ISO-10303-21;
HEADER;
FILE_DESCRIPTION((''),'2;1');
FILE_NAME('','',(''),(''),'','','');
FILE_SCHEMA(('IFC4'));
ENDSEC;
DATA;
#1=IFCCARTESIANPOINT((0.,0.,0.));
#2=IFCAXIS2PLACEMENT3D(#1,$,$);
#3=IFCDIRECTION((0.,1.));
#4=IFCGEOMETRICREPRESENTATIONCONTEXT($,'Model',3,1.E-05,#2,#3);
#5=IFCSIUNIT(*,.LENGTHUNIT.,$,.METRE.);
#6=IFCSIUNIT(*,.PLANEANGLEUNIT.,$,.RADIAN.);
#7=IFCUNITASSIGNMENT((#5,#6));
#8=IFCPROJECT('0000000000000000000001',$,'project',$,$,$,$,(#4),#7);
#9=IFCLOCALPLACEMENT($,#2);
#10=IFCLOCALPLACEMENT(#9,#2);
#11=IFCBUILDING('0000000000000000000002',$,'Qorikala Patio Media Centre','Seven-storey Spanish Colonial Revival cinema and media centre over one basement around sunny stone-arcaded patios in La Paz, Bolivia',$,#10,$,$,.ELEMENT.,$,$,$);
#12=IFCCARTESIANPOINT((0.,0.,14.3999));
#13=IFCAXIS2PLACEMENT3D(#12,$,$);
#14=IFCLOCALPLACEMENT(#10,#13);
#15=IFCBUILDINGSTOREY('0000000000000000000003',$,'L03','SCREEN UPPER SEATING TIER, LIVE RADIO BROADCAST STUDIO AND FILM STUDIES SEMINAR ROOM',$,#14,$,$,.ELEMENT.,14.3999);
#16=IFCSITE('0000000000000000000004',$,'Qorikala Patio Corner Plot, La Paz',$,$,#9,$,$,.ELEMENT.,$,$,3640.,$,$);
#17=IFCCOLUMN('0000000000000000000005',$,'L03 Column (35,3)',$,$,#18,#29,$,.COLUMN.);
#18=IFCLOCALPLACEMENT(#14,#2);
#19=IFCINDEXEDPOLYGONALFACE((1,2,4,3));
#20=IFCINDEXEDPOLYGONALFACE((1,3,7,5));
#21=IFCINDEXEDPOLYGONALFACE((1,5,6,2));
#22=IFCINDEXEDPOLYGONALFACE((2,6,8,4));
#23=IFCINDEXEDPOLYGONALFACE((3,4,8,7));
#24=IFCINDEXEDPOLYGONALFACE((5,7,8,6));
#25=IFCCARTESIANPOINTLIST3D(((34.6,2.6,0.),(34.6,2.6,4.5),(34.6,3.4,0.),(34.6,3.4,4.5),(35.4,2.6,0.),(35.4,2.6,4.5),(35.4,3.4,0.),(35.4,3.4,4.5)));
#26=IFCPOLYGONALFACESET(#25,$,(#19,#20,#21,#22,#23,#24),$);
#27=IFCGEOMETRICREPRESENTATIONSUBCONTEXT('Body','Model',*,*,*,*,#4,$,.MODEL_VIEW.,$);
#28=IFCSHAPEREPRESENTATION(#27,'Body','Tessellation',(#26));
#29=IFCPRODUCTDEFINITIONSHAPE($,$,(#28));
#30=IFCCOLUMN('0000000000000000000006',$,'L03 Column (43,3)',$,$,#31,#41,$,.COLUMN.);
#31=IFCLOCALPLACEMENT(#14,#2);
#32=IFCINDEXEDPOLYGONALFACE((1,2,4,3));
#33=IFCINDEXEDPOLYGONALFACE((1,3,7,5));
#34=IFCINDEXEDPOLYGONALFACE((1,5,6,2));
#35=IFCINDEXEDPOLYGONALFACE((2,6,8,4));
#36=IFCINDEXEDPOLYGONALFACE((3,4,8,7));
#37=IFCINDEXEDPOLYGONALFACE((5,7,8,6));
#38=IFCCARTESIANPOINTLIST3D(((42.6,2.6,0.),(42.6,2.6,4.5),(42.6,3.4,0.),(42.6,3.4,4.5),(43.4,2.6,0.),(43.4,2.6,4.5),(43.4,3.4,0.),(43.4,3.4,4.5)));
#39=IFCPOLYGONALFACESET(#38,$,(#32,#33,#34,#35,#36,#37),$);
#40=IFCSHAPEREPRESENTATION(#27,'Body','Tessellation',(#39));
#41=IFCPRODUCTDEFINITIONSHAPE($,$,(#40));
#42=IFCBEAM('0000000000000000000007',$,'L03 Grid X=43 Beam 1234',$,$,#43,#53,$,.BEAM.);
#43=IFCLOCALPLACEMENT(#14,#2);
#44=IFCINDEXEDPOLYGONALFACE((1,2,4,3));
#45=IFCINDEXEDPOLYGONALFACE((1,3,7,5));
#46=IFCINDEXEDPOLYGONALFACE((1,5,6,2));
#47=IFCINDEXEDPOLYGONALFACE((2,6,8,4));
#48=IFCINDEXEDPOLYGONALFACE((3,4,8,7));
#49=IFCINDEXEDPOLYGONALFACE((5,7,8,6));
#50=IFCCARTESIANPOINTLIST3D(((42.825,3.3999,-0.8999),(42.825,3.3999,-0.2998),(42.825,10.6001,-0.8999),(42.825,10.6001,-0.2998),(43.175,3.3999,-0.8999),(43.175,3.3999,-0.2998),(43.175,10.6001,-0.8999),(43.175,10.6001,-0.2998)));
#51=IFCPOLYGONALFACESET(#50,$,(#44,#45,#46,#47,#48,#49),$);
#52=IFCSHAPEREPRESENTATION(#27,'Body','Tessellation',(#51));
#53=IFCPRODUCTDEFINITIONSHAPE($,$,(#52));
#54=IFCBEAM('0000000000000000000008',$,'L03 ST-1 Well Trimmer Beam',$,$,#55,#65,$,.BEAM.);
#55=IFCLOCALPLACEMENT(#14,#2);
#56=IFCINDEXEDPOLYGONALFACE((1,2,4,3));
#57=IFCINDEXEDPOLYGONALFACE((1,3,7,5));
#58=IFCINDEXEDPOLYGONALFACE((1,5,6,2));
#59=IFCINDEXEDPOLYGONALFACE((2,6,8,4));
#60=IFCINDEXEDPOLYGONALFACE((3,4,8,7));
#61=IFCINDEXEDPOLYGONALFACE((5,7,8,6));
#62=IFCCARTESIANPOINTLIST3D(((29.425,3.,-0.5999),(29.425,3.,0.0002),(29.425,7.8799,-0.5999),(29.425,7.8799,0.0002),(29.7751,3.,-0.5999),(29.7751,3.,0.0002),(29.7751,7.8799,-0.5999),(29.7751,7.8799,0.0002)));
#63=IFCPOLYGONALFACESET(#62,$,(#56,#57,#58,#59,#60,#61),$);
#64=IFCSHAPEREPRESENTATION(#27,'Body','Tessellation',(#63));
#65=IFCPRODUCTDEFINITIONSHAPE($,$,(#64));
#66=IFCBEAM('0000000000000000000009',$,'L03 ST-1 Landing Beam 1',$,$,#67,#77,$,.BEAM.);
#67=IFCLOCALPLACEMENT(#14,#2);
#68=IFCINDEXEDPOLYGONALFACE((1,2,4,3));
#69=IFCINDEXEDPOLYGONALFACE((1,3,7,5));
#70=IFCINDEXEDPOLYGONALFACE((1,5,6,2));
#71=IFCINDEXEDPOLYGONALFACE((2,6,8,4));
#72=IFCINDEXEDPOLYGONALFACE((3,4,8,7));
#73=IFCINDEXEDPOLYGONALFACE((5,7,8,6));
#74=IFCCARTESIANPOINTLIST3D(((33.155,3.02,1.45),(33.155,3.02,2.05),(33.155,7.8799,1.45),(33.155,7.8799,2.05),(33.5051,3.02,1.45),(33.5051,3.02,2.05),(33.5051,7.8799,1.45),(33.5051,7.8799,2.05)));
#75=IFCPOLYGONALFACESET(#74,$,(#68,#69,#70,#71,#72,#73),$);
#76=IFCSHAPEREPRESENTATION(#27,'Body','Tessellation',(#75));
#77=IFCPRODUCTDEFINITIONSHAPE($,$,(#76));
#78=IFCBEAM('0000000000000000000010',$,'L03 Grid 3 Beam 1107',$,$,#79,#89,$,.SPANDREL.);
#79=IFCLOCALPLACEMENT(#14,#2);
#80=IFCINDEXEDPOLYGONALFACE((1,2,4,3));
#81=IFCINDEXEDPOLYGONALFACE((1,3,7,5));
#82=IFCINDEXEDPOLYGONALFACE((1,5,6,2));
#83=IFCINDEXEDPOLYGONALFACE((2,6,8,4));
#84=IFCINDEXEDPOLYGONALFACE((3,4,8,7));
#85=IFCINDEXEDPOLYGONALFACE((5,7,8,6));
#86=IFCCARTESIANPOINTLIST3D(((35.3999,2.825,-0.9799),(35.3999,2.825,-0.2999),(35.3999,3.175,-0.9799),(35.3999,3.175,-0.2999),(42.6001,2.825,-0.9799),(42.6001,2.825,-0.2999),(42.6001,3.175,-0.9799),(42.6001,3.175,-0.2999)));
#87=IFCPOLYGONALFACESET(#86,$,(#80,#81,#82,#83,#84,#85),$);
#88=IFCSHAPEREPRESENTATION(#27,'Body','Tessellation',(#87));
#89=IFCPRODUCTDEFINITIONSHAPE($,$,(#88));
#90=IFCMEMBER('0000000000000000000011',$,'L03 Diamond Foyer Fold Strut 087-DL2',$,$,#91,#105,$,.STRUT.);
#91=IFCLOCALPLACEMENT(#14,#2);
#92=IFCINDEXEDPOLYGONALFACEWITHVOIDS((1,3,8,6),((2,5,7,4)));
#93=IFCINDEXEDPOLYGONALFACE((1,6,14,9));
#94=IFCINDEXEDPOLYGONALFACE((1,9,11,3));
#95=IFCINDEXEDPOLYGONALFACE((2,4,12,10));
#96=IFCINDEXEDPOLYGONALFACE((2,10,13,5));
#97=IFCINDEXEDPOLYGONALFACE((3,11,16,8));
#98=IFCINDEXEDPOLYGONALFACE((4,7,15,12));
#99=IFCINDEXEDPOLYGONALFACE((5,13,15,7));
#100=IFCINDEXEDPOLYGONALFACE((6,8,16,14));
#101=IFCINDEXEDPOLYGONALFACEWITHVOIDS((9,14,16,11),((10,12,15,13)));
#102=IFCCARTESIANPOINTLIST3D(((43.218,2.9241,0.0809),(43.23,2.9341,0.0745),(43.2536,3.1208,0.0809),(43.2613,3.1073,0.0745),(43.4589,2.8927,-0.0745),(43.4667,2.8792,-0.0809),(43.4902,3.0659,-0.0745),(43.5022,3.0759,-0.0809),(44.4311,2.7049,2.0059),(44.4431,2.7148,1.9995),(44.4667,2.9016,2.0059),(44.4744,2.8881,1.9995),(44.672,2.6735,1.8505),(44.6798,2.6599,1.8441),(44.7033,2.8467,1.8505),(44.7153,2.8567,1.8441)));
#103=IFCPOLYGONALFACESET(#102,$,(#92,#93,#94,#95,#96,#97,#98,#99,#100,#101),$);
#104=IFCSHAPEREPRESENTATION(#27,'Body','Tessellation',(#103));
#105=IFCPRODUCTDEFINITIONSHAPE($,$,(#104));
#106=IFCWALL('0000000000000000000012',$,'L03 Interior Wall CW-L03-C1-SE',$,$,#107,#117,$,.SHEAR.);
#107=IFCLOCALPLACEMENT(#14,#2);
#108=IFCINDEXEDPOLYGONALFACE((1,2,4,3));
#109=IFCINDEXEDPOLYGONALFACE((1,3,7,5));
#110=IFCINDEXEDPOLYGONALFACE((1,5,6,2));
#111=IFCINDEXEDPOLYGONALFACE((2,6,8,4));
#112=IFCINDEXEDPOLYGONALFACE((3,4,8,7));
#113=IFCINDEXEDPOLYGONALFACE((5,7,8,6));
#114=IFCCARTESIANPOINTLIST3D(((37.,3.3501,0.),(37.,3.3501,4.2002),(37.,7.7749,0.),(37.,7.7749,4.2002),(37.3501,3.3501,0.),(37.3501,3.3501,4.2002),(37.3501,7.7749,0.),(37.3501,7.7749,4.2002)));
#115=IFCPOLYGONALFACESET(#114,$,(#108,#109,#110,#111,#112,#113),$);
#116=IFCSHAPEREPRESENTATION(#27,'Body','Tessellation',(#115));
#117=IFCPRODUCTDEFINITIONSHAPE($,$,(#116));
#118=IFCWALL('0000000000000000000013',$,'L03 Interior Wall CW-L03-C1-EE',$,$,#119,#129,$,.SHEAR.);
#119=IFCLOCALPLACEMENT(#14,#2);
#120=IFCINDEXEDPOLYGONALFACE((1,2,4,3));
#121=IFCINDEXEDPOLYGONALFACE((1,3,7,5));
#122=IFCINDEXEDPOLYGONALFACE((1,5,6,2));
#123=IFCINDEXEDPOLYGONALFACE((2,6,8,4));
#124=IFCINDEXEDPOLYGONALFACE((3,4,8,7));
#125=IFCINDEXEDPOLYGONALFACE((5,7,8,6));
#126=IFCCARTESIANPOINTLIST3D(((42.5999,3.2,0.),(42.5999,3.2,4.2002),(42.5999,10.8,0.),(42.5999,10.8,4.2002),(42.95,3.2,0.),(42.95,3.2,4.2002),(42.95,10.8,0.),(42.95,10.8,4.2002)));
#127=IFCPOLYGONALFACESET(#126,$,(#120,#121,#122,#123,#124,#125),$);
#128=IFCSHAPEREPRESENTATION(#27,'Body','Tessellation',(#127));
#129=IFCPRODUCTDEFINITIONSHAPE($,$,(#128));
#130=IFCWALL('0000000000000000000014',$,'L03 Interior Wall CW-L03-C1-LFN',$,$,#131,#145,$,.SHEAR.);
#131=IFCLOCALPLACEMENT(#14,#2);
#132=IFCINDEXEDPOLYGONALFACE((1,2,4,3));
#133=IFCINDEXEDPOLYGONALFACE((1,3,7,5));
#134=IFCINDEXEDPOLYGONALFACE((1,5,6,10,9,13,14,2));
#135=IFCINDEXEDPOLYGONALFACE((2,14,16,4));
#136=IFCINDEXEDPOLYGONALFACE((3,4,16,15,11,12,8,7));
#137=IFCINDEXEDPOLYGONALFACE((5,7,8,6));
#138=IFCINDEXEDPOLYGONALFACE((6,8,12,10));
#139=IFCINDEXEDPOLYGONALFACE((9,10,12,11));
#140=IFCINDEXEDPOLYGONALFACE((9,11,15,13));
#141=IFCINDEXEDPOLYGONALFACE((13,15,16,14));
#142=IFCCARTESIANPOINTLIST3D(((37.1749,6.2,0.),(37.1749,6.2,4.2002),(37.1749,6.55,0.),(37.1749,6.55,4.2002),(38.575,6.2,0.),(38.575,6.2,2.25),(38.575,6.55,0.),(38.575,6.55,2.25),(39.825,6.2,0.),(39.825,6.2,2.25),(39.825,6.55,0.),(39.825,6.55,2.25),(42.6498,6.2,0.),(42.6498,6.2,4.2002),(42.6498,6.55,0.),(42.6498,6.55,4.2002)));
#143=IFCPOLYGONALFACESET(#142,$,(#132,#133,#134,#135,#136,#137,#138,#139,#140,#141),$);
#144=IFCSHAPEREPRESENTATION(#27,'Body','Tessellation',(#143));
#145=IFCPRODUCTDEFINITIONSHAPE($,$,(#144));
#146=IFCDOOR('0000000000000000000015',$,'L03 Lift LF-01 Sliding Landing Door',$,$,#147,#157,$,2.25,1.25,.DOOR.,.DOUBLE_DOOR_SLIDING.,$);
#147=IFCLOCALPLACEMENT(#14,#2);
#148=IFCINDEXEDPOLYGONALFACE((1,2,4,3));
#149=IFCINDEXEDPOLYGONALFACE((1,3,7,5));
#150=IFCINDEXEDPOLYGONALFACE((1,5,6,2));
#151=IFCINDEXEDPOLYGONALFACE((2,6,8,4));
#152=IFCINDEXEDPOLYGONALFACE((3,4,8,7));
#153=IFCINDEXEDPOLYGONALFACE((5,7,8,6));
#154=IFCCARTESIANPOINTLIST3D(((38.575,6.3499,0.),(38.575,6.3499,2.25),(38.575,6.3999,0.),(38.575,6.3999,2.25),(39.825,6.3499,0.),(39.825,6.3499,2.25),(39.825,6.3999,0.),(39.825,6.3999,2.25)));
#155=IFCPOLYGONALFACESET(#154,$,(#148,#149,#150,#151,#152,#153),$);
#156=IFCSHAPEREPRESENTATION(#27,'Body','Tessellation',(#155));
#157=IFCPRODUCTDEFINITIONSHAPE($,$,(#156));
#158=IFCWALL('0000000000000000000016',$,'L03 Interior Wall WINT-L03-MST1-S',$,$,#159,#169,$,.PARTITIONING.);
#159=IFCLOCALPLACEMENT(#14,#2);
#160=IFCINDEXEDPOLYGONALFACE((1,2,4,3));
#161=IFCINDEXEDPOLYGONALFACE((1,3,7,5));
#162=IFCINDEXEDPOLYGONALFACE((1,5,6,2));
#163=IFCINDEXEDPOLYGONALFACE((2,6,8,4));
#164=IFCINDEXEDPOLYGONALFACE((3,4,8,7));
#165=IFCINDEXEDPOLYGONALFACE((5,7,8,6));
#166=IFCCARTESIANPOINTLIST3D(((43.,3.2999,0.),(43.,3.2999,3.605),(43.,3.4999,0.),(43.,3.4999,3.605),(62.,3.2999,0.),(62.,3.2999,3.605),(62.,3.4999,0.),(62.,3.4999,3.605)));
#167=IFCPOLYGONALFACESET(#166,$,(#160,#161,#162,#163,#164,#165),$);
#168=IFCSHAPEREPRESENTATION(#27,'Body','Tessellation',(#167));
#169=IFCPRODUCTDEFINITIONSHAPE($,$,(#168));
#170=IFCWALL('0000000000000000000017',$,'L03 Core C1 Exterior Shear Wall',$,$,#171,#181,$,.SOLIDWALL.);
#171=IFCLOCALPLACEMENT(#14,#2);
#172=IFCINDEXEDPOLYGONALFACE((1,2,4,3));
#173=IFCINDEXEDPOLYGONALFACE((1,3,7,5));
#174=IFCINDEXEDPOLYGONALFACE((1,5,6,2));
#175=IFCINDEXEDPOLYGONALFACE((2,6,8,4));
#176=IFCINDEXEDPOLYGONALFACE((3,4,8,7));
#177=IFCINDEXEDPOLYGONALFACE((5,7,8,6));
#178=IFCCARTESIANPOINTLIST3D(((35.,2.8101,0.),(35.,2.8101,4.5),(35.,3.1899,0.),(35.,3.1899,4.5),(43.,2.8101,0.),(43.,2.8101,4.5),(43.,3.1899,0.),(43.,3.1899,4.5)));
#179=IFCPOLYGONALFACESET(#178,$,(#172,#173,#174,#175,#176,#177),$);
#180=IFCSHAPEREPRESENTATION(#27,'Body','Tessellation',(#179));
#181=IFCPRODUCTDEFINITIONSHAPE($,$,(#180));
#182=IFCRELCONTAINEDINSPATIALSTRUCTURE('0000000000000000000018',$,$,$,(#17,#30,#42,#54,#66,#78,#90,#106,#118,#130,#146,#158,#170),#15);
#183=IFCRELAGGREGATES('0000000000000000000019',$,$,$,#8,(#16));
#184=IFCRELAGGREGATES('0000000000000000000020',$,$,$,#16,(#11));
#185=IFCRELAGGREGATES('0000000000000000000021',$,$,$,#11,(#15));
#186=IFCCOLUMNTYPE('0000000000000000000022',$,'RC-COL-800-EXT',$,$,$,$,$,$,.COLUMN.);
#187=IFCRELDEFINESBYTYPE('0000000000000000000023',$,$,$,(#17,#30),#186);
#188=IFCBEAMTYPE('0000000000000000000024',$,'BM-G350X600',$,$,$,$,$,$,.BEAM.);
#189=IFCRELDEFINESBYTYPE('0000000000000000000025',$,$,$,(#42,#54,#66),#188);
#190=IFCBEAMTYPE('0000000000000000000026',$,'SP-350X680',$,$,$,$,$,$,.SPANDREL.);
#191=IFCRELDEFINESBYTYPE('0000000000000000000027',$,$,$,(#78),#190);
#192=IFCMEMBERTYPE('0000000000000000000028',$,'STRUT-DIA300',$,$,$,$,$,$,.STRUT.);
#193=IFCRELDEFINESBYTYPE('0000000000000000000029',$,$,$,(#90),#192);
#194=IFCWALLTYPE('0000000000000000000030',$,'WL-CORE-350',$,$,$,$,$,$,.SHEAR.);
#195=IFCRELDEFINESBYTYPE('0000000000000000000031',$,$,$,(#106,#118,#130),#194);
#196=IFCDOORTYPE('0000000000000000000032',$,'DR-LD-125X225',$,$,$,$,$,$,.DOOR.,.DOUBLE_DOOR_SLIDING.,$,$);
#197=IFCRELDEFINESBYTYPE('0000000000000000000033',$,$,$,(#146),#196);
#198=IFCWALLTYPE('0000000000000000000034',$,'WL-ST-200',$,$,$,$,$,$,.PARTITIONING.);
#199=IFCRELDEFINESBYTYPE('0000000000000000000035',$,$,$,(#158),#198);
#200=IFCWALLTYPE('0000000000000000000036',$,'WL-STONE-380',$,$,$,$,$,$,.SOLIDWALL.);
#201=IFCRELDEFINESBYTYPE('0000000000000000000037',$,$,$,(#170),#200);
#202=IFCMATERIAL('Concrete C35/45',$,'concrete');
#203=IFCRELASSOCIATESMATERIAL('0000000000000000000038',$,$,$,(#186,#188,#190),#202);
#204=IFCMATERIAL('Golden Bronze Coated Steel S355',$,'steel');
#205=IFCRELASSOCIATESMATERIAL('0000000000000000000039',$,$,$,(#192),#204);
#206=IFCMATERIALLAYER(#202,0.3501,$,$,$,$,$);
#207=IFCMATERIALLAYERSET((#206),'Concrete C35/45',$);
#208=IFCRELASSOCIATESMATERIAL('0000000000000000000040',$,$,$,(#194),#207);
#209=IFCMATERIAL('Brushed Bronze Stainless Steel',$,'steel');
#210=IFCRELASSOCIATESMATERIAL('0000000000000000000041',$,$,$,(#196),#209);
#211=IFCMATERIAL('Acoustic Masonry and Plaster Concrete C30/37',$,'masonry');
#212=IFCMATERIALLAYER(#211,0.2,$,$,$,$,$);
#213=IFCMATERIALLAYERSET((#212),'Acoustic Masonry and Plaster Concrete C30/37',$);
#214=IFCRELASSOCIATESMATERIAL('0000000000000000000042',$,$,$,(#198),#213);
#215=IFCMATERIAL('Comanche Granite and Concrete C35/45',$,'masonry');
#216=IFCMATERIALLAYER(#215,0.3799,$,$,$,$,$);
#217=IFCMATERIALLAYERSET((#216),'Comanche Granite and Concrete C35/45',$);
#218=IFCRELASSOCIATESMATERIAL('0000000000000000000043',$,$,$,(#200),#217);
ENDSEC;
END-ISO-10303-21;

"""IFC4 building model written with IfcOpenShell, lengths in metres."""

from ifc_helpers import new_model, si_unit, direction, frame, frame_2d, origin, origin_2d, place, context, subcontext, project, spatial, rectangle, hollow_rectangle, extrude, material, layer, layer_set, material_profile, profile_set, type_object, element, fill, save


model = new_model("IFC4")

# Units and contexts
model_context = context("Model", 3, precision=1e-05, world=origin(), true_north=direction((0.0, 1.0)))
body_context = subcontext(model_context, "Body", "Model", "MODEL_VIEW")
ifc_project = project(units=[si_unit("LENGTHUNIT", "METRE"), si_unit("PLANEANGLEUNIT", "RADIAN")], contexts=[model_context])

# Site, building, storey
site_placement = place(None, origin())
site = spatial("IfcSite", under=ifc_project, at=site_placement, Name="Qorikala Patio Corner Plot, La Paz", CompositionType="ELEMENT", RefElevation=3640.0)
building_placement = place(site_placement, origin())
building = spatial("IfcBuilding", under=site, at=building_placement, Name="Qorikala Patio Media Centre", Description="Seven-storey Spanish Colonial Revival cinema and media centre over one basement around sunny stone-arcaded patios in La Paz, Bolivia", CompositionType="ELEMENT")
storey_placement = place(building_placement, frame((0.0, 0.0, 14.3999)))
storey = spatial("IfcBuildingStorey", under=building, at=storey_placement, Name="L03", Description="SCREEN UPPER SEATING TIER, LIVE RADIO BROADCAST STUDIO AND FILM STUDIES SEMINAR ROOM", CompositionType="ELEMENT", Elevation=14.3999)

# Columns
ifc_material_1 = material(Name="Concrete C35/45", Category="concrete")
ifc_material_profile_1 = material_profile(ifc_material_1, rectangle(XDim=0.8, YDim=0.8, at=origin_2d()), Name="RC 800x800")
ifc_profile_set_1 = profile_set([ifc_material_profile_1], Name="Concrete C35/45")
column_type = type_object("IfcColumnType", Name="RC-COL-800-EXT", PredefinedType="COLUMN", material=ifc_profile_set_1)
for number, where, z_axis, x_axis, name in (
    (1, (35.0, 3.0, 0.0), (0.0, 0.0, 1.0), (1.0, 0.0, 0.0), "L03 Column (35,3)"),
    (2, (43.0, 3.0, 0.0), (0.0, 0.0, 1.0), (1.0, 0.0, 0.0), "L03 Column (43,3)"),
):
    element("IfcColumn", number, at=place(storey_placement, frame(where, z_axis=z_axis, x_axis=x_axis)), inside=storey, type_object=column_type, Name=name, PredefinedType="COLUMN", context=body_context, shape_type="SweptSolid", body=[
        extrude(rectangle(XDim=0.8, YDim=0.8, at=origin_2d()), origin(), (0.0, 0.0, 1.0), 4.5),
    ])

# Beams
ifc_material_profile_2 = material_profile(ifc_material_1, rectangle(XDim=0.3501, YDim=0.6001, at=origin_2d()), Name="RC 350x600")
ifc_profile_set_2 = profile_set([ifc_material_profile_2], Name="Concrete C35/45")
beam_type_1 = type_object("IfcBeamType", Name="BM-G350X600", PredefinedType="BEAM", material=ifc_profile_set_2)
beam_1_placement = place(storey_placement, frame((43.0, 3.3999, -0.5999), z_axis=(0.0, 1.0, 0.0), x_axis=(-1.0, 0.0, 0.0)))
element("IfcBeam", 3, at=beam_1_placement, inside=storey, type_object=beam_type_1, Name="L03 Grid X=43 Beam 1234", PredefinedType="BEAM", context=body_context, shape_type="SweptSolid", body=[
    extrude(rectangle(XDim=0.3501, YDim=0.6001, at=origin_2d()), origin(), (0.0, 0.0, 1.0), 7.2002),
])
beam_2_placement = place(storey_placement, frame((29.6001, 3.0, -0.2998), z_axis=(0.0, 1.0, 0.0), x_axis=(-1.0, 0.0, 0.0)))
element("IfcBeam", 4, at=beam_2_placement, inside=storey, type_object=beam_type_1, Name="L03 ST-1 Well Trimmer Beam", PredefinedType="BEAM", context=body_context, shape_type="SweptSolid", body=[
    extrude(rectangle(XDim=0.3501, YDim=0.6001, at=origin_2d()), origin(), (0.0, 0.0, 1.0), 4.8799),
])
beam_3_placement = place(storey_placement, frame((33.3301, 3.02, 1.75), z_axis=(0.0, 1.0, 0.0), x_axis=(-1.0, 0.0, 0.0)))
element("IfcBeam", 5, at=beam_3_placement, inside=storey, type_object=beam_type_1, Name="L03 ST-1 Landing Beam 1", PredefinedType="BEAM", context=body_context, shape_type="SweptSolid", body=[
    extrude(rectangle(XDim=0.3501, YDim=0.6001, at=origin_2d()), origin(), (0.0, 0.0, 1.0), 4.8599),
])
ifc_material_profile_3 = material_profile(ifc_material_1, rectangle(XDim=0.3501, YDim=0.6799, at=origin_2d()), Name="RC 350x680")
ifc_profile_set_3 = profile_set([ifc_material_profile_3], Name="Concrete C35/45")
beam_type_2 = type_object("IfcBeamType", Name="SP-350X680", PredefinedType="SPANDREL", material=ifc_profile_set_3)
beam_4_placement = place(storey_placement, frame((35.3999, 3.0, -0.6399), z_axis=(1.0, 0.0, 0.0), x_axis=(0.0, 1.0, 0.0)))
element("IfcBeam", 6, at=beam_4_placement, inside=storey, type_object=beam_type_2, Name="L03 Grid 3 Beam 1107", PredefinedType="SPANDREL", context=body_context, shape_type="SweptSolid", body=[
    extrude(rectangle(XDim=0.3501, YDim=0.6799, at=origin_2d()), origin(), (0.0, 0.0, 1.0), 7.2002),
])

# Member
ifc_material_2 = material(Name="Golden Bronze Coated Steel S355", Category="steel")
ifc_material_profile_4 = material_profile(ifc_material_2, hollow_rectangle(XDim=0.2, YDim=0.3, WallThickness=0.012, at=origin_2d()), Name="HSS300X200X12")
ifc_profile_set_4 = profile_set([ifc_material_profile_4], Name="Golden Bronze Coated Steel S355")
member_type = type_object("IfcMemberType", Name="STRUT-DIA300", PredefinedType="STRUT", material=ifc_profile_set_4)
member_placement = place(storey_placement, frame((43.3601, 3.0, 0.0), z_axis=(0.530691, -0.095907, 0.842121), x_axis=(0.17784, 0.984059, 0.0)))
element("IfcMember", 7, at=member_placement, inside=storey, type_object=member_type, Name="L03 Diamond Foyer Fold Strut 087-DL2", PredefinedType="STRUT", context=body_context, shape_type="SweptSolid", body=[
    extrude(hollow_rectangle(XDim=0.2, YDim=0.3, WallThickness=0.012, at=origin_2d()), origin(), (0.0, 0.0, 1.0), 2.2859),
])

# Walls
ifc_layer_1 = layer(ifc_material_1, 0.3501)
ifc_layer_set_1 = layer_set([ifc_layer_1], Name="Concrete C35/45")
wall_type_1 = type_object("IfcWallType", Name="WL-CORE-350", PredefinedType="SHEAR", material=ifc_layer_set_1)
wall_1_placement = place(storey_placement, frame((37.175, 3.3501, 0.0), z_axis=(0.0, 0.0, 1.0), x_axis=(0.0, 1.0, 0.0)))
element("IfcWall", 8, at=wall_1_placement, inside=storey, type_object=wall_type_1, Name="L03 Interior Wall CW-L03-C1-SE", PredefinedType="SHEAR", context=body_context, shape_type="SweptSolid", body=[
    extrude(rectangle(XDim=4.4248, YDim=0.3501, at=frame_2d((2.2124, 0.0))), origin(), (0.0, 0.0, 1.0), 4.2002),
])
wall_2_placement = place(storey_placement, frame((42.7749, 3.2, 0.0), z_axis=(0.0, 0.0, 1.0), x_axis=(0.0, 1.0, 0.0)))
element("IfcWall", 9, at=wall_2_placement, inside=storey, type_object=wall_type_1, Name="L03 Interior Wall CW-L03-C1-EE", PredefinedType="SHEAR", context=body_context, shape_type="SweptSolid", body=[
    extrude(rectangle(XDim=7.6001, YDim=0.3501, at=frame_2d((3.8, 0.0))), origin(), (0.0, 0.0, 1.0), 4.2002),
])

# Wall, opening, door
wall_3_placement = place(storey_placement, frame((37.175, 6.375, 0.0), z_axis=(0.0, 0.0, 1.0), x_axis=(1.0, 0.0, 0.0)))
wall_3 = element("IfcWall", 10, at=wall_3_placement, inside=storey, type_object=wall_type_1, Name="L03 Interior Wall CW-L03-C1-LFN", PredefinedType="SHEAR", context=body_context, shape_type="SweptSolid", body=[
    extrude(rectangle(XDim=5.4749, YDim=0.3501, at=frame_2d((2.7373, 0.0))), origin(), (0.0, 0.0, 1.0), 4.2002),
])
opening_placement = place(wall_3_placement, frame((1.3999, 0.0, 0.0)))
opening = element("IfcOpeningElement", 11, at=opening_placement, cuts=wall_3, PredefinedType="OPENING", context=body_context, shape_type="SweptSolid", body=[
    extrude(rectangle(XDim=1.25, YDim=2.25, at=frame_2d((0.625, 1.125))), frame((0.0, 0.1851, 0.0), z_axis=(0.0, -1.0, 0.0), x_axis=(1.0, 0.0, 0.0)), (0.0, 0.0, 1.0), 0.3701),
])
ifc_material_3 = material(Name="Brushed Bronze Stainless Steel", Category="steel")
door_type = type_object("IfcDoorType", Name="DR-LD-125X225", OperationType="DOUBLE_DOOR_SLIDING", PredefinedType="DOOR", material=ifc_material_3)
door_placement = place(opening_placement, origin())
door = element("IfcDoor", 12, at=door_placement, inside=storey, type_object=door_type, Name="L03 Lift LF-01 Sliding Landing Door", OperationType="DOUBLE_DOOR_SLIDING", OverallHeight=2.25, OverallWidth=1.25, PredefinedType="DOOR", context=body_context, shape_type="SweptSolid", body=[
    extrude(rectangle(XDim=1.25, YDim=2.25, at=frame_2d((0.625, 1.125))), frame((0.0, 0.0249, 0.0), z_axis=(0.0, -1.0, 0.0), x_axis=(1.0, 0.0, 0.0)), (0.0, 0.0, 1.0), 0.05),
])
fill(opening, door)

# Walls
ifc_material_4 = material(Name="Acoustic Masonry and Plaster Concrete C30/37", Category="masonry")
ifc_layer_2 = layer(ifc_material_4, 0.2)
ifc_layer_set_2 = layer_set([ifc_layer_2], Name="Acoustic Masonry and Plaster Concrete C30/37")
wall_type_2 = type_object("IfcWallType", Name="WL-ST-200", PredefinedType="PARTITIONING", material=ifc_layer_set_2)
wall_4_placement = place(storey_placement, frame((43.0, 3.3999, 0.0), z_axis=(0.0, 0.0, 1.0), x_axis=(1.0, 0.0, 0.0)))
element("IfcWall", 13, at=wall_4_placement, inside=storey, type_object=wall_type_2, Name="L03 Interior Wall WINT-L03-MST1-S", PredefinedType="PARTITIONING", context=body_context, shape_type="SweptSolid", body=[
    extrude(rectangle(XDim=19.0, YDim=0.2, at=frame_2d((9.5, 0.0))), origin(), (0.0, 0.0, 1.0), 3.605),
])
ifc_material_5 = material(Name="Comanche Granite and Concrete C35/45", Category="masonry")
ifc_layer_3 = layer(ifc_material_5, 0.3799)
ifc_layer_set_3 = layer_set([ifc_layer_3], Name="Comanche Granite and Concrete C35/45")
wall_type_3 = type_object("IfcWallType", Name="WL-STONE-380", PredefinedType="SOLIDWALL", material=ifc_layer_set_3)
for number, where, z_axis, x_axis, name in (
    (14, (43.0, 3.0, 0.0), (0.0, 0.0, 1.0), (-1.0, 0.0, 0.0), "L03 Core C1 Exterior Shear Wall"),
):
    element("IfcWall", number, at=place(storey_placement, frame(where, z_axis=z_axis, x_axis=x_axis)), inside=storey, type_object=wall_type_3, Name=name, PredefinedType="SOLIDWALL", context=body_context, shape_type="SweptSolid", body=[
        extrude(rectangle(XDim=8.0, YDim=0.3799, at=frame_2d((4.0, 0.0))), origin(), (0.0, 0.0, 1.0), 4.5),
    ])

save(model, "model.ifc")
